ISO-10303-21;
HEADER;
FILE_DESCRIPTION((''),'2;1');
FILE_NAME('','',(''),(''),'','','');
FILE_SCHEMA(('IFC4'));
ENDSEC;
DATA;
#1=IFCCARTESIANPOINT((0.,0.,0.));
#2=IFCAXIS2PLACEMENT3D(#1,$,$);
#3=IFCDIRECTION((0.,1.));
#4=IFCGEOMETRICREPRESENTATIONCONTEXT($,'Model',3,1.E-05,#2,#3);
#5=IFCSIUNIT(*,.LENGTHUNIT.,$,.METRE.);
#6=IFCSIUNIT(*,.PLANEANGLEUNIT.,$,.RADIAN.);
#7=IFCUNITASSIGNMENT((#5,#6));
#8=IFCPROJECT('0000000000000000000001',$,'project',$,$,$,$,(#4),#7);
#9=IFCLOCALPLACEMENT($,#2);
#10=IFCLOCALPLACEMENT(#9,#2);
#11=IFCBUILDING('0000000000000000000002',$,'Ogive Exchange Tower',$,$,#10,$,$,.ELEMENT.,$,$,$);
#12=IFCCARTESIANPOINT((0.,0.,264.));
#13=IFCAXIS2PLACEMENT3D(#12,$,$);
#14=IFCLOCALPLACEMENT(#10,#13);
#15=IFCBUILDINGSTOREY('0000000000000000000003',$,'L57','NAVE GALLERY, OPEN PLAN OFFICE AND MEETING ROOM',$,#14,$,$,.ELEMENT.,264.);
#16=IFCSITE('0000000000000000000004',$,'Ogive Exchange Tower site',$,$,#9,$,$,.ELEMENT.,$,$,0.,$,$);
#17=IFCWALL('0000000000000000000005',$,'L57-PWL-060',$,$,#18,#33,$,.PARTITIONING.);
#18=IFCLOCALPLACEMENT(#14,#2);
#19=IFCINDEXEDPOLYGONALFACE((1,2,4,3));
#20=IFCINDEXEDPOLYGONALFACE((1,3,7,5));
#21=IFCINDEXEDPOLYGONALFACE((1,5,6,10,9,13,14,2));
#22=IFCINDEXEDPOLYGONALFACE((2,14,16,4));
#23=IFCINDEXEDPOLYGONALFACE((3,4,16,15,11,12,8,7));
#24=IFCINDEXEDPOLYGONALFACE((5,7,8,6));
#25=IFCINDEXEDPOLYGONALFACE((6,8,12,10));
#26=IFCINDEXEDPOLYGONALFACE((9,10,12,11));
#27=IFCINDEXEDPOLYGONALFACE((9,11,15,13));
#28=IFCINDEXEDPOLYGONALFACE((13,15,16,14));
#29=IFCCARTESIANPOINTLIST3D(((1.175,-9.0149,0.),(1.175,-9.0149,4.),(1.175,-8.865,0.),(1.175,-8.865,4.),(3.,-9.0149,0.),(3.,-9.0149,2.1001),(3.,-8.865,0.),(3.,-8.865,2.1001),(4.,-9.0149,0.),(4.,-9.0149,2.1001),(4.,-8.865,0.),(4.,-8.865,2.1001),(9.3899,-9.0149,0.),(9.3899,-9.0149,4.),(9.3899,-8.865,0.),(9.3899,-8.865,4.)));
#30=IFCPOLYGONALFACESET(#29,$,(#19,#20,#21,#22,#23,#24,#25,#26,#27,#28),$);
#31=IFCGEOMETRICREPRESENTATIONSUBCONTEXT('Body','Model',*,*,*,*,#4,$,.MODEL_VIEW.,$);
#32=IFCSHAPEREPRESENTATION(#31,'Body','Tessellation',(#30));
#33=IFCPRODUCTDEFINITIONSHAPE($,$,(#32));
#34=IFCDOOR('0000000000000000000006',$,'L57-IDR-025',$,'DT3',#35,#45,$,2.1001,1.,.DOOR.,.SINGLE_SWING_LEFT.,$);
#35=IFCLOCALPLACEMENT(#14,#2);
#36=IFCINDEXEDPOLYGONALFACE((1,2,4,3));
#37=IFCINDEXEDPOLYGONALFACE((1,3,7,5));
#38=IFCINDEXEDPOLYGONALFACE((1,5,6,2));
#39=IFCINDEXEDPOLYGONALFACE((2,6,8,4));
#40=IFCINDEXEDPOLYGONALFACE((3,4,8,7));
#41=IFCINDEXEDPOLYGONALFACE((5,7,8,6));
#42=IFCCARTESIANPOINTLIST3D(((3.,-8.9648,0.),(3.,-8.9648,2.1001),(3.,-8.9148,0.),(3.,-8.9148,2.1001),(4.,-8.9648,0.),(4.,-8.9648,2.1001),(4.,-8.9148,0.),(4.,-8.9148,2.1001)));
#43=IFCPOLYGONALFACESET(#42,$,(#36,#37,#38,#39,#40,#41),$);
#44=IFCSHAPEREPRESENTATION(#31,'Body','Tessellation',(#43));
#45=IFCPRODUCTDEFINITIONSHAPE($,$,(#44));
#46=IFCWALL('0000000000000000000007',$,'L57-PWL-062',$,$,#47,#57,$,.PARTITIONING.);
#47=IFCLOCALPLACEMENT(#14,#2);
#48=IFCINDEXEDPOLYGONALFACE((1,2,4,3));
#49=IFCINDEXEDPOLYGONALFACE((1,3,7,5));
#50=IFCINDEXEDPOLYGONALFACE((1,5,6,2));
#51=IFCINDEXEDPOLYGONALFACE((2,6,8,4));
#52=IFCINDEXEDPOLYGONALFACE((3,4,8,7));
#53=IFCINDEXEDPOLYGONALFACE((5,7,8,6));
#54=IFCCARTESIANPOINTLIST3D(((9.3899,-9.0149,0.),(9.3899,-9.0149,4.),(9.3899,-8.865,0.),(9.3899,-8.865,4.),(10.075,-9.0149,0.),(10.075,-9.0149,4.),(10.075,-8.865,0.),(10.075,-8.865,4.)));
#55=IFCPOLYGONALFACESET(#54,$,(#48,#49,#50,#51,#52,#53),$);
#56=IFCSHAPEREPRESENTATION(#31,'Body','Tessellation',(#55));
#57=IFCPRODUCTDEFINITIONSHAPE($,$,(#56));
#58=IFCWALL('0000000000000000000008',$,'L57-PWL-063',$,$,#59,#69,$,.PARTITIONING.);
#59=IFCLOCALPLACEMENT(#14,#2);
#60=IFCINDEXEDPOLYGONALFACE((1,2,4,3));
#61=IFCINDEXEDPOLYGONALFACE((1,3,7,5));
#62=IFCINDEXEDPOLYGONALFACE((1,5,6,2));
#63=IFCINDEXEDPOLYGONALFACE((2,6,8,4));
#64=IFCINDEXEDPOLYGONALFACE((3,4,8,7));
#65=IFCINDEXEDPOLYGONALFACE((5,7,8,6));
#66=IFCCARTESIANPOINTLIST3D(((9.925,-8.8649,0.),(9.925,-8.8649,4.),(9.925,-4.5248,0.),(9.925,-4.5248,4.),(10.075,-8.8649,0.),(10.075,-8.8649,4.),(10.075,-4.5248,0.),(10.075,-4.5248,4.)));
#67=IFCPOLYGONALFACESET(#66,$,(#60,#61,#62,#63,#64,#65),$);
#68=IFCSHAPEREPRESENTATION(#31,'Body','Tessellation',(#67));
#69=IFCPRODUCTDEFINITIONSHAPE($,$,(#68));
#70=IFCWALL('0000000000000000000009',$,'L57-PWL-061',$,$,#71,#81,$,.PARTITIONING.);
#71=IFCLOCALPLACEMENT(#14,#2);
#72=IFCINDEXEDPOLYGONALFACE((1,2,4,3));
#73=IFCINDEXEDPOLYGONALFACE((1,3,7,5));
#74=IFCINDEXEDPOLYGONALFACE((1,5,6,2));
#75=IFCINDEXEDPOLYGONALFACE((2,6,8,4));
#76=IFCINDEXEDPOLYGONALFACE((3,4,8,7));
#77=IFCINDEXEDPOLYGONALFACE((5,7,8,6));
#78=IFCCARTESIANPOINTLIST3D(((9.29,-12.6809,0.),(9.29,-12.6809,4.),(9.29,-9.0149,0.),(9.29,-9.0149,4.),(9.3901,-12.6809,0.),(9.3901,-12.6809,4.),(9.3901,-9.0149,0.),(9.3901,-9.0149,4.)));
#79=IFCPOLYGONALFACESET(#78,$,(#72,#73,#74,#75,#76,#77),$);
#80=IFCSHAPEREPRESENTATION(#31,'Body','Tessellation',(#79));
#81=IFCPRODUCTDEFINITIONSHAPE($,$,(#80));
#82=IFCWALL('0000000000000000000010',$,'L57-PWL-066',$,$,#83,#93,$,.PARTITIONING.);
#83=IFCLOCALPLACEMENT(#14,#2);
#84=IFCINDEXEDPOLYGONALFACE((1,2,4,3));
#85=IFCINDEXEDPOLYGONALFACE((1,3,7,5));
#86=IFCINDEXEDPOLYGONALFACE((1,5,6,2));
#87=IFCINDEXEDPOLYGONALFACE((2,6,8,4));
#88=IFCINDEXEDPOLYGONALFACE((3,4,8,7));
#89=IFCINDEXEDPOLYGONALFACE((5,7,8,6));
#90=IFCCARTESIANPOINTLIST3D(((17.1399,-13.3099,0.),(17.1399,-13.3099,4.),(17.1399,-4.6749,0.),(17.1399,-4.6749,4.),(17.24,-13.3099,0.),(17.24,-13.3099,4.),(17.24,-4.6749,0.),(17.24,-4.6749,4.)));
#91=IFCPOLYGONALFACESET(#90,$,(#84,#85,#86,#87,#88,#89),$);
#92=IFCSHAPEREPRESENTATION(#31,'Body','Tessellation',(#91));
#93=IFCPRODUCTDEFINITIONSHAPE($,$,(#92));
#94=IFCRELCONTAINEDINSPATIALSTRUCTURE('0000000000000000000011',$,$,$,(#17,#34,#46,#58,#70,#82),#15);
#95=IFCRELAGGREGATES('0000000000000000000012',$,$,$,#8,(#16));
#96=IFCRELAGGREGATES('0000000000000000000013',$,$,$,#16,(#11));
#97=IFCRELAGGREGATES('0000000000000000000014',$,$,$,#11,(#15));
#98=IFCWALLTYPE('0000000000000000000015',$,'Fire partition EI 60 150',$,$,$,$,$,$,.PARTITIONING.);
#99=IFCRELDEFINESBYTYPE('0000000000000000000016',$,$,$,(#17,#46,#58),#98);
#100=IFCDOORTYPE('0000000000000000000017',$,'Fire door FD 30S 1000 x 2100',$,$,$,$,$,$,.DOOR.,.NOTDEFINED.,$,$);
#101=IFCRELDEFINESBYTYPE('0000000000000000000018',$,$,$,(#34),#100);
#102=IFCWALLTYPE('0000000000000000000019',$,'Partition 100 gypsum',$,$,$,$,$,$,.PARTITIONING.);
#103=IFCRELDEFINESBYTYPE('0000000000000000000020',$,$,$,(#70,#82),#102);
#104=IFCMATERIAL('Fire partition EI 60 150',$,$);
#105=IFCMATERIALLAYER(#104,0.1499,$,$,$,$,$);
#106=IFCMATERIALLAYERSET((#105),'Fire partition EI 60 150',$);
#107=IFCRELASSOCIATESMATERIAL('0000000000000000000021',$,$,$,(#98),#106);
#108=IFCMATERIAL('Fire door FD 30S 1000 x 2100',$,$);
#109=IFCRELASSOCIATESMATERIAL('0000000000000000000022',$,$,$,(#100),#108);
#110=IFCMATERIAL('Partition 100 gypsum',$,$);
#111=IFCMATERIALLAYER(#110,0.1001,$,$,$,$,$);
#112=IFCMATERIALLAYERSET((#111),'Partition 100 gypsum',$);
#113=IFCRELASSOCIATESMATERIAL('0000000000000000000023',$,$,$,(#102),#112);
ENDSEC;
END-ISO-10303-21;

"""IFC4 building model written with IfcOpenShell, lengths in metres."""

from ifc_helpers import new_model, si_unit, direction, frame, frame_2d, origin, place, context, subcontext, project, spatial, rectangle, extrude, material, layer, layer_set, type_object, element, fill, save


model = new_model("IFC4")

# Units and contexts
model_context = context("Model", 3, precision=1e-05, world=origin(), true_north=direction((0.0, 1.0)))
body_context = subcontext(model_context, "Body", "Model", "MODEL_VIEW")
ifc_project = project(units=[si_unit("LENGTHUNIT", "METRE"), si_unit("PLANEANGLEUNIT", "RADIAN")], contexts=[model_context])

# Site, building, storey
site_placement = place(None, origin())
site = spatial("IfcSite", under=ifc_project, at=site_placement, Name="Ogive Exchange Tower site", CompositionType="ELEMENT", RefElevation=0.0)
building_placement = place(site_placement, origin())
building = spatial("IfcBuilding", under=site, at=building_placement, Name="Ogive Exchange Tower", CompositionType="ELEMENT")
storey_placement = place(building_placement, frame((0.0, 0.0, 264.0)))
storey = spatial("IfcBuildingStorey", under=building, at=storey_placement, Name="L57", Description="NAVE GALLERY, OPEN PLAN OFFICE AND MEETING ROOM", CompositionType="ELEMENT", Elevation=264.0)

# Shared definitions
ifc_material_1 = material(Name="Fire partition EI 60 150")
ifc_layer_1 = layer(ifc_material_1, 0.1499)
ifc_layer_set_1 = layer_set([ifc_layer_1], Name="Fire partition EI 60 150")
wall_type_1 = type_object("IfcWallType", Name="Fire partition EI 60 150", PredefinedType="PARTITIONING", material=ifc_layer_set_1)

# Wall, opening, door
wall_1_placement = place(storey_placement, frame((9.3899, -8.9399, 0.0), z_axis=(0.0, 0.0, 1.0), x_axis=(-1.0, 0.0, 0.0)))
wall_1 = element("IfcWall", 1, at=wall_1_placement, inside=storey, type_object=wall_type_1, Name="L57-PWL-060", PredefinedType="PARTITIONING", context=body_context, shape_type="SweptSolid", body=[
    extrude(rectangle(XDim=8.2148, YDim=0.1499, at=frame_2d((4.1074, 0.0))), origin(), (0.0, 0.0, 1.0), 4.0),
])
opening_1_placement = place(wall_1_placement, frame((5.3899, 0.0, 0.0)))
opening_1 = element("IfcOpeningElement", 2, at=opening_1_placement, cuts=wall_1, PredefinedType="OPENING", context=body_context, shape_type="SweptSolid", body=[
    extrude(rectangle(XDim=1.0, YDim=2.1001, at=frame_2d((0.5, 1.05))), frame((0.0, 0.085, 0.0), z_axis=(0.0, -1.0, 0.0), x_axis=(1.0, 0.0, 0.0)), (0.0, 0.0, 1.0), 0.1699),
])
ifc_material_2 = material(Name="Fire door FD 30S 1000 x 2100")
door_type_1 = type_object("IfcDoorType", Name="Fire door FD 30S 1000 x 2100", OperationType="NOTDEFINED", PredefinedType="DOOR", material=ifc_material_2)
door_1_placement = place(opening_1_placement, origin())
door_1 = element("IfcDoor", 3, at=door_1_placement, inside=storey, type_object=door_type_1, Name="L57-IDR-025", ObjectType="DT3", OperationType="SINGLE_SWING_LEFT", OverallHeight=2.1001, OverallWidth=1.0, PredefinedType="DOOR", context=body_context, shape_type="SweptSolid", body=[
    extrude(rectangle(XDim=1.0, YDim=2.1001, at=frame_2d((0.5, 1.05))), frame((0.0, 0.0249, 0.0), z_axis=(0.0, -1.0, 0.0), x_axis=(1.0, 0.0, 0.0)), (0.0, 0.0, 1.0), 0.05),
])
fill(opening_1, door_1)

# Walls
wall_2_placement = place(storey_placement, frame((10.075, -8.9399, 0.0), z_axis=(0.0, 0.0, 1.0), x_axis=(-1.0, 0.0, 0.0)))
element("IfcWall", 4, at=wall_2_placement, inside=storey, type_object=wall_type_1, Name="L57-PWL-062", PredefinedType="PARTITIONING", context=body_context, shape_type="SweptSolid", body=[
    extrude(rectangle(XDim=0.6851, YDim=0.1499, at=frame_2d((0.3425, 0.0))), origin(), (0.0, 0.0, 1.0), 4.0),
])
wall_3_placement = place(storey_placement, frame((10.0, -4.5249, 0.0), z_axis=(0.0, 0.0, 1.0), x_axis=(0.0, -1.0, 0.0)))
element("IfcWall", 5, at=wall_3_placement, inside=storey, type_object=wall_type_1, Name="L57-PWL-063", PredefinedType="PARTITIONING", context=body_context, shape_type="SweptSolid", body=[
    extrude(rectangle(XDim=4.3401, YDim=0.1499, at=frame_2d((2.1699, 0.0))), origin(), (0.0, 0.0, 1.0), 4.0),
])
ifc_material_3 = material(Name="Partition 100 gypsum")
ifc_layer_2 = layer(ifc_material_3, 0.1001)
ifc_layer_set_2 = layer_set([ifc_layer_2], Name="Partition 100 gypsum")
wall_type_2 = type_object("IfcWallType", Name="Partition 100 gypsum", PredefinedType="PARTITIONING", material=ifc_layer_set_2)
wall_4_placement = place(storey_placement, frame((9.3401, -9.0149, 0.0), z_axis=(0.0, 0.0, 1.0), x_axis=(0.0, -1.0, 0.0)))
element("IfcWall", 6, at=wall_4_placement, inside=storey, type_object=wall_type_2, Name="L57-PWL-061", PredefinedType="PARTITIONING", context=body_context, shape_type="SweptSolid", body=[
    extrude(rectangle(XDim=3.666, YDim=0.1001, at=frame_2d((1.833, 0.0))), origin(), (0.0, 0.0, 1.0), 4.0),
])
wall_5_placement = place(storey_placement, frame((17.1899, -4.675, 0.0), z_axis=(0.0, 0.0, 1.0), x_axis=(0.0, -1.0, 0.0)))
element("IfcWall", 7, at=wall_5_placement, inside=storey, type_object=wall_type_2, Name="L57-PWL-066", PredefinedType="PARTITIONING", context=body_context, shape_type="SweptSolid", body=[
    extrude(rectangle(XDim=8.635, YDim=0.1001, at=frame_2d((4.3174, 0.0))), origin(), (0.0, 0.0, 1.0), 4.0),
])

save(model, "model.ifc")
